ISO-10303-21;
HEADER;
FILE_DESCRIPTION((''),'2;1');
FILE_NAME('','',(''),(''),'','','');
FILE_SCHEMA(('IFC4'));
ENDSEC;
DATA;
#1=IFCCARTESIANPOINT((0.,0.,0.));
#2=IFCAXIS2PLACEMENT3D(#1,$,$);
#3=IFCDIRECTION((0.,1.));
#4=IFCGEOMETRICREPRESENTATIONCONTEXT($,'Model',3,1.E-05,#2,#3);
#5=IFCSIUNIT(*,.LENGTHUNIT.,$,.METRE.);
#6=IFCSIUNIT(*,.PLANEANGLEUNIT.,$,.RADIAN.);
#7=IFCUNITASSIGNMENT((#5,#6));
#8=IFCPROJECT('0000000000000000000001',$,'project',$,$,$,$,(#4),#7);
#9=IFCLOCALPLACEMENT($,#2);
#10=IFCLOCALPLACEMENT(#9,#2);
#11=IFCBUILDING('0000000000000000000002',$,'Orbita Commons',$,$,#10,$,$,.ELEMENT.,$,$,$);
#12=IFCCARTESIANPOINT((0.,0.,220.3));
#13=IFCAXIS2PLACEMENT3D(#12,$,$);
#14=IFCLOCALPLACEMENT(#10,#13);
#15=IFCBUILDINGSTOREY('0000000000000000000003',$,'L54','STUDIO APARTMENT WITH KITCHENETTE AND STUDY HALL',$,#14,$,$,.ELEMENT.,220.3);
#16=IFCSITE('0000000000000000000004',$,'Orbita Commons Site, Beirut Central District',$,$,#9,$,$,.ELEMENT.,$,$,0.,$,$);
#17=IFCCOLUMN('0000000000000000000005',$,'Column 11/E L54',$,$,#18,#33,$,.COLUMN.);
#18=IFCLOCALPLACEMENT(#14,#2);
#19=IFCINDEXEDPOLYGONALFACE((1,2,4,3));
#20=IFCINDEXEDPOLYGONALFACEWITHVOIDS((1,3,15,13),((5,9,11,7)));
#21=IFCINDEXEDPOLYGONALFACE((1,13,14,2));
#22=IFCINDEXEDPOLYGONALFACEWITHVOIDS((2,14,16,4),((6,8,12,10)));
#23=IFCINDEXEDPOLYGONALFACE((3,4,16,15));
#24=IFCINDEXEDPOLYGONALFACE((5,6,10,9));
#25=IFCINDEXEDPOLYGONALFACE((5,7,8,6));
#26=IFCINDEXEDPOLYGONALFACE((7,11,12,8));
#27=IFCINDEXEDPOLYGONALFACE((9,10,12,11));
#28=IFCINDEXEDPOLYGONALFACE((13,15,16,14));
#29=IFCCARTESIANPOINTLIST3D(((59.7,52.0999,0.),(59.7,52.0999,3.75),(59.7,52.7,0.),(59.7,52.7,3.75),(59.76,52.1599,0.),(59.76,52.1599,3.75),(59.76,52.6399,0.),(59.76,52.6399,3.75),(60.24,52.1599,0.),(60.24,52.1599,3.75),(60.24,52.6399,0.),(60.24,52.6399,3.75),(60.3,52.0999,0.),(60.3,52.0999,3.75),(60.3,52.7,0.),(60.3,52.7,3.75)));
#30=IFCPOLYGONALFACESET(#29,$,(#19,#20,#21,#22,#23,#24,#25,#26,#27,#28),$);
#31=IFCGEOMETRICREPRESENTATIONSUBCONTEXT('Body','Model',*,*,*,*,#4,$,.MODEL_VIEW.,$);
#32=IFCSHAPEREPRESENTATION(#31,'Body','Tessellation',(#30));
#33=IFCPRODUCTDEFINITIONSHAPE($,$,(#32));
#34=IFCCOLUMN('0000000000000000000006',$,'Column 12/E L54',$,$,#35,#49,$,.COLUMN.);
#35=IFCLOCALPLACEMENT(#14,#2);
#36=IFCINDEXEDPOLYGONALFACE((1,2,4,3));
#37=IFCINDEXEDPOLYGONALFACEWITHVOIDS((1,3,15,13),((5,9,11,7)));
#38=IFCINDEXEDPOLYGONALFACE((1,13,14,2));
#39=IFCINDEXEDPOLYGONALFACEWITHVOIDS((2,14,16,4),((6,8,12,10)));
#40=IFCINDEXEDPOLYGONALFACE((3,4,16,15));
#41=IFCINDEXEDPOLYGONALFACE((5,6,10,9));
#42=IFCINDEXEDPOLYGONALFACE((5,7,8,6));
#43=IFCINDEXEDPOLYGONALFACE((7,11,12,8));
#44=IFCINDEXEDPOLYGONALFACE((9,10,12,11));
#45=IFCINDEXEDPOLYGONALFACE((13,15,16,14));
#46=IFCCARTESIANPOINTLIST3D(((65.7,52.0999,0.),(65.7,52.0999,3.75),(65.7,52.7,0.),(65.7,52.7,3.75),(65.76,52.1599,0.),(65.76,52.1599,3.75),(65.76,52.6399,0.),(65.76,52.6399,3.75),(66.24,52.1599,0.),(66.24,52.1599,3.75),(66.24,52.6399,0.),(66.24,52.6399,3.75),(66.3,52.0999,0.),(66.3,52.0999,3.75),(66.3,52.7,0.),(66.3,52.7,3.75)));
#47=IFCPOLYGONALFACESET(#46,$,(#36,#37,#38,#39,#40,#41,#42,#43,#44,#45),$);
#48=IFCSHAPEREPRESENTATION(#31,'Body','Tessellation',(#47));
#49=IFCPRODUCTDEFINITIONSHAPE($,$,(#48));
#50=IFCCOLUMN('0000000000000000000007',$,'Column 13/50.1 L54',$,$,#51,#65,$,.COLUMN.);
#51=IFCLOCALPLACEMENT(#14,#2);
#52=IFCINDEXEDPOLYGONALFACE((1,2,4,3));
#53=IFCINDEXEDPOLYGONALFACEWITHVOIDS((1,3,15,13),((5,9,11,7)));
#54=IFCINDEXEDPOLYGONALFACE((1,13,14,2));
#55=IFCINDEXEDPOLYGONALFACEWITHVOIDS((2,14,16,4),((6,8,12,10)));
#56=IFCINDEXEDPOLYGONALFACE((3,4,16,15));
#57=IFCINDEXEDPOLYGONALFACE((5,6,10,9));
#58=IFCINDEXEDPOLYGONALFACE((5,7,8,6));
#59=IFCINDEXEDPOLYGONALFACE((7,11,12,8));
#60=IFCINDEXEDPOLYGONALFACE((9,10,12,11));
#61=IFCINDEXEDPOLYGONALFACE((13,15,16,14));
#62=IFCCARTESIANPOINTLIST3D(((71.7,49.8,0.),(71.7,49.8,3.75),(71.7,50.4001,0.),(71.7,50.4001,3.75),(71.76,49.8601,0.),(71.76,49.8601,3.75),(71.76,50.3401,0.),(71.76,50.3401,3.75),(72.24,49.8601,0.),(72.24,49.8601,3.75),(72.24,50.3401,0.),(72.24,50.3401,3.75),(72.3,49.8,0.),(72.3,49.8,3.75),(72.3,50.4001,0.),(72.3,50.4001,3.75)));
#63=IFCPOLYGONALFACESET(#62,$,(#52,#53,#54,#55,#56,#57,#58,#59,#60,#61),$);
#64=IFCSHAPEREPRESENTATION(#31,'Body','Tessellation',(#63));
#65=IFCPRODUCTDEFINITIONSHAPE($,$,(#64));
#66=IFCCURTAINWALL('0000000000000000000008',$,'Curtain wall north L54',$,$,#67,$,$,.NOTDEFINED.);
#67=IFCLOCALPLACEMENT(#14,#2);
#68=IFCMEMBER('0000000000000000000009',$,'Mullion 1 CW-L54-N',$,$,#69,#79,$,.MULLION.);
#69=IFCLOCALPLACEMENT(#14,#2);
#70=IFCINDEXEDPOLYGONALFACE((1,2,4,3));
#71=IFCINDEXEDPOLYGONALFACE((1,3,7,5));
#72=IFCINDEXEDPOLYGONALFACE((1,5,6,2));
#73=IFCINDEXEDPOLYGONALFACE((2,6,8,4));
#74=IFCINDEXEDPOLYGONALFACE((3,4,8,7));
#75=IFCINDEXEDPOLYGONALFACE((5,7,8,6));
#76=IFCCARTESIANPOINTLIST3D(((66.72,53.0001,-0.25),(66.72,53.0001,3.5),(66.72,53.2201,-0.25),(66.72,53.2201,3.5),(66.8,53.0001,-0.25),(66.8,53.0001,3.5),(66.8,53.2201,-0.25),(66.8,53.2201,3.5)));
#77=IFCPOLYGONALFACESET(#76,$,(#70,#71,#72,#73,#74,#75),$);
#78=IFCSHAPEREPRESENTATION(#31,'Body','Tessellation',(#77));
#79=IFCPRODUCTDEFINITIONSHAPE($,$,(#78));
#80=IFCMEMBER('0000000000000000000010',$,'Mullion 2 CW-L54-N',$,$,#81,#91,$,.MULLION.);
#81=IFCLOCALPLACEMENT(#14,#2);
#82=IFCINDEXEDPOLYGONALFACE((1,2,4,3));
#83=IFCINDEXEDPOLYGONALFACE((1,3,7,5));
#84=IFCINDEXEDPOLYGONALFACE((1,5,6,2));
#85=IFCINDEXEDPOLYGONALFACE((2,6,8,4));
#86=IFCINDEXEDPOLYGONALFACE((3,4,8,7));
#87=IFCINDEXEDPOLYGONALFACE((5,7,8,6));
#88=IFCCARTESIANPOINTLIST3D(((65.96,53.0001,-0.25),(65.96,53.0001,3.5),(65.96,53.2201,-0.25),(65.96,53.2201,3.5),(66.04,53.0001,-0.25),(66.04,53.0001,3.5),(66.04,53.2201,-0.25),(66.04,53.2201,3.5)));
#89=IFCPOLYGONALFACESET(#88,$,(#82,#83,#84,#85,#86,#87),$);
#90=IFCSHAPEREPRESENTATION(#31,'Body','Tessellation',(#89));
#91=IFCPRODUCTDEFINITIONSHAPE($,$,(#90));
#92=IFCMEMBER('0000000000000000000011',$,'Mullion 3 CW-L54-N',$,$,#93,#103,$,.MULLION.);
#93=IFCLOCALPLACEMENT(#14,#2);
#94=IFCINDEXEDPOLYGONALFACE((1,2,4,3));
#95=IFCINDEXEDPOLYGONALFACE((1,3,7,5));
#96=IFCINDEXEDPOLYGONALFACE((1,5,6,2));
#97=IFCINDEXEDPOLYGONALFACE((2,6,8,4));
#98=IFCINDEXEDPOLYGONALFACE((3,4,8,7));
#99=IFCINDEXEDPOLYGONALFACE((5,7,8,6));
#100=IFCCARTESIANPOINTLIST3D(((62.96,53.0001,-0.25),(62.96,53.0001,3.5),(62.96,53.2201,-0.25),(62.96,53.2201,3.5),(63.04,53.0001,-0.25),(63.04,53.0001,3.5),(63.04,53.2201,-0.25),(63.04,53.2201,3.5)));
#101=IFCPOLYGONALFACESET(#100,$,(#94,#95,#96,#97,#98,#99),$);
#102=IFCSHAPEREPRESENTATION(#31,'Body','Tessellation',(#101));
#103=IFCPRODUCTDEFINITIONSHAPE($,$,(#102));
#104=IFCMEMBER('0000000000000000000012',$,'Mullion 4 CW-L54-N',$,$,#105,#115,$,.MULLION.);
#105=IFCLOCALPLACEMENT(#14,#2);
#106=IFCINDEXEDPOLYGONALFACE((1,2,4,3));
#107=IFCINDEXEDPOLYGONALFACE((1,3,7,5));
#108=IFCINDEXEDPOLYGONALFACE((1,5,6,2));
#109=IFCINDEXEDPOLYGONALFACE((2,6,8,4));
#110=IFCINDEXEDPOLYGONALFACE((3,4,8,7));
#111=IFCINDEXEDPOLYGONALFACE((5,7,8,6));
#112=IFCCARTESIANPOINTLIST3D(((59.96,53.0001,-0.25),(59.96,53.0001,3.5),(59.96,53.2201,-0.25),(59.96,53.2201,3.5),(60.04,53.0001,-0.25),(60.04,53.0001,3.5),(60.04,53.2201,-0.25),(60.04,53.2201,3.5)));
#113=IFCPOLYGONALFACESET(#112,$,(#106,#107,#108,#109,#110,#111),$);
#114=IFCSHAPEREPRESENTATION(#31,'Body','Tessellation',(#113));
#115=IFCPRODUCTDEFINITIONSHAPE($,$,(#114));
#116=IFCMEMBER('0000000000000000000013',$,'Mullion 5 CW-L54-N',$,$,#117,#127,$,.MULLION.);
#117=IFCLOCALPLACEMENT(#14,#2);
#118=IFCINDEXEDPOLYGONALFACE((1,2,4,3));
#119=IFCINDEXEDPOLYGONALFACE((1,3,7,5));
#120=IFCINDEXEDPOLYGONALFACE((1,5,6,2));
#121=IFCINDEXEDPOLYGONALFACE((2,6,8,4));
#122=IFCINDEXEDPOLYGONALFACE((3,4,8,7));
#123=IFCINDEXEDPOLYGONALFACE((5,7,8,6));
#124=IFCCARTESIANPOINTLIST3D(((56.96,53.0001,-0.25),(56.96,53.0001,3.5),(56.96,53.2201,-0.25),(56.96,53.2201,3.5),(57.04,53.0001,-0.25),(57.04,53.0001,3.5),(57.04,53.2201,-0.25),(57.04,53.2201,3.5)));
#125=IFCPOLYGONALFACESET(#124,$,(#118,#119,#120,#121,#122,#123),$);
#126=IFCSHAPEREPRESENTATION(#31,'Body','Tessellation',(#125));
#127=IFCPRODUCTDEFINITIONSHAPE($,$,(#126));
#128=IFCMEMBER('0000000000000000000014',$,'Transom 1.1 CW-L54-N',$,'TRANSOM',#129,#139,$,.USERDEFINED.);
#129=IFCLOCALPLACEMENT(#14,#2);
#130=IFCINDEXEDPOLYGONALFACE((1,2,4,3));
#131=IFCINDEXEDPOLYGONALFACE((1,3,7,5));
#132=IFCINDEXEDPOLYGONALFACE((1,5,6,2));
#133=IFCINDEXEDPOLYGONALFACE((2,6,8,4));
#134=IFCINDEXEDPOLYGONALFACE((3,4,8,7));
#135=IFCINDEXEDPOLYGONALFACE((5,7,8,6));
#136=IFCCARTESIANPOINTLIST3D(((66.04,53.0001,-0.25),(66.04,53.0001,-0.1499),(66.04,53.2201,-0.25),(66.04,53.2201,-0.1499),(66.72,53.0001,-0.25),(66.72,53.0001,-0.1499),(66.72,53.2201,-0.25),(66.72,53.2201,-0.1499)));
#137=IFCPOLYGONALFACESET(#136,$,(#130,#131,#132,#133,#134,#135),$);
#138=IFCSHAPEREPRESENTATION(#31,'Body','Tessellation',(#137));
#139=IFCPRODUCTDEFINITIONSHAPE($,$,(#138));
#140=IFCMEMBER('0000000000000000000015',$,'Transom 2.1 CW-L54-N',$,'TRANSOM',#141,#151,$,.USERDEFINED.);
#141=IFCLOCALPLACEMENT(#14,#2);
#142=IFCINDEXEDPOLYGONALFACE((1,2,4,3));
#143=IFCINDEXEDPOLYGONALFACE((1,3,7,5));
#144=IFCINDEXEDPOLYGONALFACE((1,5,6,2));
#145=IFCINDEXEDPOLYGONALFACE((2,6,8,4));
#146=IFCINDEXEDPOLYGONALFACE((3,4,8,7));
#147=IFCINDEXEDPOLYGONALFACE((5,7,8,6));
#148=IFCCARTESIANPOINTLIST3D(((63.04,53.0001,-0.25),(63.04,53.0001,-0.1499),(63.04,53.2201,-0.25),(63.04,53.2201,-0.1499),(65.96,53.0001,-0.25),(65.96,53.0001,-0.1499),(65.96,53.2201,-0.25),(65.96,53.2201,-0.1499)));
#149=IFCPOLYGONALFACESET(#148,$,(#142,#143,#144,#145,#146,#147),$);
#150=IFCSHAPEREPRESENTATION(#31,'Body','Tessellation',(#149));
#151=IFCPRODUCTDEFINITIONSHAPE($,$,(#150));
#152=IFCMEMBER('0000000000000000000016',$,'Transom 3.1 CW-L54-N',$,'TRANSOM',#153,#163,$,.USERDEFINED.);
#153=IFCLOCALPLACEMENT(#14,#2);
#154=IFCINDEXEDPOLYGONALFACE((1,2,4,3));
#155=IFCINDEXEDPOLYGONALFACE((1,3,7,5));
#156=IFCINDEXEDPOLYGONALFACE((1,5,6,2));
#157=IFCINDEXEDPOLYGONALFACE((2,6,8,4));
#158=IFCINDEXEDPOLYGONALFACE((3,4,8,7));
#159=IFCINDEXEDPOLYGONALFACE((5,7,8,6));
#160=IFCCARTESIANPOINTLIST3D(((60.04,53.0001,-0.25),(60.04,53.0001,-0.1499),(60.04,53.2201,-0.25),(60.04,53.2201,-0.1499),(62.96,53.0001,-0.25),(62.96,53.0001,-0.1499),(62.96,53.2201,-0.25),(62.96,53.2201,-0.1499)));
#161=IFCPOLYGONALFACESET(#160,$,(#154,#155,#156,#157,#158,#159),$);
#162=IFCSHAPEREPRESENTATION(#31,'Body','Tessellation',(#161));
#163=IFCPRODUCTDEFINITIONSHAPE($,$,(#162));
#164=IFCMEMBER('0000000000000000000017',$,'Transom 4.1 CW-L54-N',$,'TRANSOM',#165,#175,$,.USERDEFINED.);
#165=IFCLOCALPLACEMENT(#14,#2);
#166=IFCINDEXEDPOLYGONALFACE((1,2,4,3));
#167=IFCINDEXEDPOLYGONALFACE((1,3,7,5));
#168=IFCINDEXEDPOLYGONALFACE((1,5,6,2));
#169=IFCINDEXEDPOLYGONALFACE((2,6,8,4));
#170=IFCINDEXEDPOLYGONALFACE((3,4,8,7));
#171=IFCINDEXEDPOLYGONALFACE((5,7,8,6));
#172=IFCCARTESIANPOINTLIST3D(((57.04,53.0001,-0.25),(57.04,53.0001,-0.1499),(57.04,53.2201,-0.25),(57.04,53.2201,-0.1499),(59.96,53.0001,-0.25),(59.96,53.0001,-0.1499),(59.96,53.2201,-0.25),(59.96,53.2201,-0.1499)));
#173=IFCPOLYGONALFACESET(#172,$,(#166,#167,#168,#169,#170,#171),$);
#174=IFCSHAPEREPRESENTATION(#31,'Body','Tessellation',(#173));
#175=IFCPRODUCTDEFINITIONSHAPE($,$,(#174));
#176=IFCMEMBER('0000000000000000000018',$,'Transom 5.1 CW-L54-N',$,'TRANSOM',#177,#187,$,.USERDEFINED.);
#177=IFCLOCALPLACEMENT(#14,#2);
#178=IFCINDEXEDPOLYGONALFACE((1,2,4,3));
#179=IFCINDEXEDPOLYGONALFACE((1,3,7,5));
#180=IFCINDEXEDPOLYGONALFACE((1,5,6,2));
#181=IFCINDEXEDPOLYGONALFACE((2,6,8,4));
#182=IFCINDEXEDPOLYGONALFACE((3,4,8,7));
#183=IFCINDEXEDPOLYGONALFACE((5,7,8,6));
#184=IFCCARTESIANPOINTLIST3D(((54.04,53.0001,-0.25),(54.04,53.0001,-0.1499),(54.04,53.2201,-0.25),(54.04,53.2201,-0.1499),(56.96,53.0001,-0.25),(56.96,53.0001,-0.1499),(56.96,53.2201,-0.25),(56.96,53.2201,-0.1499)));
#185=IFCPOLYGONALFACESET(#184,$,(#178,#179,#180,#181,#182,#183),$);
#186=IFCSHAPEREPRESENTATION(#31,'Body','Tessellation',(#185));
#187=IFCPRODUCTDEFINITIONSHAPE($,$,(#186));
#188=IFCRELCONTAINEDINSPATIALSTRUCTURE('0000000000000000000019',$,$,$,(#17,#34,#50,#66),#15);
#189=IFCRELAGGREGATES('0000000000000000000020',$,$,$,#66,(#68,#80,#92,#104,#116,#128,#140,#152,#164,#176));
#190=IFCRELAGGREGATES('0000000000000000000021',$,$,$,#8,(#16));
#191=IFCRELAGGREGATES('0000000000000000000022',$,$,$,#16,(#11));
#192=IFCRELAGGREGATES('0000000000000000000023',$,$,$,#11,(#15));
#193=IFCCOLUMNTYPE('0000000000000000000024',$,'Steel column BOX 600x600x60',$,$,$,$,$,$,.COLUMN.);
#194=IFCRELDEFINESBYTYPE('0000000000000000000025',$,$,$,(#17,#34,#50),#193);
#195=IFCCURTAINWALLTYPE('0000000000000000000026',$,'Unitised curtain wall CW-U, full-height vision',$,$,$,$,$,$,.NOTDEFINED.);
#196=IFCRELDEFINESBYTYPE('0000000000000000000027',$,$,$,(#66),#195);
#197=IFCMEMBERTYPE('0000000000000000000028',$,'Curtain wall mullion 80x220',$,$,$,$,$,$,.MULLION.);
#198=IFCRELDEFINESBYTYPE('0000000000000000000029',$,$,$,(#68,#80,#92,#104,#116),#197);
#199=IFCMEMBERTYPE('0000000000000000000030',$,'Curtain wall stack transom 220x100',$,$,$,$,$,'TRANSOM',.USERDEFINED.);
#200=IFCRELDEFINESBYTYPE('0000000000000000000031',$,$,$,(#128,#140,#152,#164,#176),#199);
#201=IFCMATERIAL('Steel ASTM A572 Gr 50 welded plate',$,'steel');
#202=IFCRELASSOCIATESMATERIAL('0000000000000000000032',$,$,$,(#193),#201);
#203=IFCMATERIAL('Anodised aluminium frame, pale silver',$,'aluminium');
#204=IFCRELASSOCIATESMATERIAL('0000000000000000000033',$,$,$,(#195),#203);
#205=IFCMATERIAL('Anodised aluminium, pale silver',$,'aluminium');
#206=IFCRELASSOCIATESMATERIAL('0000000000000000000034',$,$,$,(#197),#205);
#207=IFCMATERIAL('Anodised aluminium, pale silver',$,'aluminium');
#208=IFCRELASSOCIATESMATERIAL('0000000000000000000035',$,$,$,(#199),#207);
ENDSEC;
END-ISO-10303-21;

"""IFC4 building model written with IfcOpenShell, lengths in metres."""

from ifc_helpers import new_model, si_unit, direction, frame, origin, origin_2d, place, context, subcontext, project, spatial, rectangle, hollow_rectangle, extrude, material, material_profile, profile_set, type_object, element, aggregate, save


model = new_model("IFC4")

# Units and contexts
model_context = context("Model", 3, precision=1e-05, world=origin(), true_north=direction((0.0, 1.0)))
body_context = subcontext(model_context, "Body", "Model", "MODEL_VIEW")
ifc_project = project(units=[si_unit("LENGTHUNIT", "METRE"), si_unit("PLANEANGLEUNIT", "RADIAN")], contexts=[model_context])

# Site, building, storey
site_placement = place(None, origin())
site = spatial("IfcSite", under=ifc_project, at=site_placement, Name="Orbita Commons Site, Beirut Central District", CompositionType="ELEMENT", RefElevation=0.0)
building_placement = place(site_placement, origin())
building = spatial("IfcBuilding", under=site, at=building_placement, Name="Orbita Commons", CompositionType="ELEMENT")
storey_placement = place(building_placement, frame((0.0, 0.0, 220.3)))
storey = spatial("IfcBuildingStorey", under=building, at=storey_placement, Name="L54", Description="STUDIO APARTMENT WITH KITCHENETTE AND STUDY HALL", CompositionType="ELEMENT", Elevation=220.3)

# Columns
ifc_material_1 = material(Name="Steel ASTM A572 Gr 50 welded plate", Category="steel")
ifc_material_profile_1 = material_profile(ifc_material_1, hollow_rectangle(XDim=0.6001, YDim=0.6001, WallThickness=0.0601, at=origin_2d()), Name="BOX 600x600x60")
ifc_profile_set_1 = profile_set([ifc_material_profile_1], Name="Steel ASTM A572 Gr 50 welded plate")
column_type = type_object("IfcColumnType", Name="Steel column BOX 600x600x60", PredefinedType="COLUMN", material=ifc_profile_set_1)
for number, where, z_axis, x_axis, name in (
    (1, (60.0, 52.3999, 0.0), (0.0, 0.0, 1.0), (1.0, 0.0, 0.0), "Column 11/E L54"),
    (2, (66.0, 52.3999, 0.0), (0.0, 0.0, 1.0), (1.0, 0.0, 0.0), "Column 12/E L54"),
    (3, (72.0, 50.1001, 0.0), (0.0, 0.0, 1.0), (1.0, 0.0, 0.0), "Column 13/50.1 L54"),
):
    element("IfcColumn", number, at=place(storey_placement, frame(where, z_axis=z_axis, x_axis=x_axis)), inside=storey, type_object=column_type, Name=name, PredefinedType="COLUMN", context=body_context, shape_type="SweptSolid", body=[
        extrude(hollow_rectangle(XDim=0.6001, YDim=0.6001, WallThickness=0.0601, at=origin_2d()), origin(), (0.0, 0.0, 1.0), 3.75),
    ])

# Curtain wall, members
ifc_material_2 = material(Name="Anodised aluminium frame, pale silver", Category="aluminium")
curtain_wall_type = type_object("IfcCurtainWallType", Name="Unitised curtain wall CW-U, full-height vision", PredefinedType="NOTDEFINED", material=ifc_material_2)
curtain_wall_placement = place(storey_placement, origin())
curtain_wall = element("IfcCurtainWall", 4, at=curtain_wall_placement, inside=storey, type_object=curtain_wall_type, Name="Curtain wall north L54", PredefinedType="NOTDEFINED")
ifc_material_3 = material(Name="Anodised aluminium, pale silver", Category="aluminium")
ifc_material_profile_2 = material_profile(ifc_material_3, rectangle(XDim=0.0801, YDim=0.22, at=origin_2d()), Name="AL 80x220")
ifc_profile_set_2 = profile_set([ifc_material_profile_2], Name="Anodised aluminium, pale silver")
member_type_1 = type_object("IfcMemberType", Name="Curtain wall mullion 80x220", PredefinedType="MULLION", material=ifc_profile_set_2)
member_1_placement = place(storey_placement, frame((66.76, 53.1101, -0.25), z_axis=(0.0, 0.0, 1.0), x_axis=(-1.0, 0.0, 0.0)))
member_1 = element("IfcMember", 5, at=member_1_placement, type_object=member_type_1, Name="Mullion 1 CW-L54-N", PredefinedType="MULLION", context=body_context, shape_type="SweptSolid", body=[
    extrude(rectangle(XDim=0.0801, YDim=0.22, at=origin_2d()), origin(), (0.0, 0.0, 1.0), 3.75),
])
member_2_placement = place(storey_placement, frame((66.0, 53.1101, -0.25), z_axis=(0.0, 0.0, 1.0), x_axis=(-1.0, 0.0, 0.0)))
member_2 = element("IfcMember", 6, at=member_2_placement, type_object=member_type_1, Name="Mullion 2 CW-L54-N", PredefinedType="MULLION", context=body_context, shape_type="SweptSolid", body=[
    extrude(rectangle(XDim=0.0801, YDim=0.22, at=origin_2d()), origin(), (0.0, 0.0, 1.0), 3.75),
])
member_3_placement = place(storey_placement, frame((63.0, 53.1101, -0.25), z_axis=(0.0, 0.0, 1.0), x_axis=(-1.0, 0.0, 0.0)))
member_3 = element("IfcMember", 7, at=member_3_placement, type_object=member_type_1, Name="Mullion 3 CW-L54-N", PredefinedType="MULLION", context=body_context, shape_type="SweptSolid", body=[
    extrude(rectangle(XDim=0.0801, YDim=0.22, at=origin_2d()), origin(), (0.0, 0.0, 1.0), 3.75),
])
member_4_placement = place(storey_placement, frame((60.0, 53.1101, -0.25), z_axis=(0.0, 0.0, 1.0), x_axis=(-1.0, 0.0, 0.0)))
member_4 = element("IfcMember", 8, at=member_4_placement, type_object=member_type_1, Name="Mullion 4 CW-L54-N", PredefinedType="MULLION", context=body_context, shape_type="SweptSolid", body=[
    extrude(rectangle(XDim=0.0801, YDim=0.22, at=origin_2d()), origin(), (0.0, 0.0, 1.0), 3.75),
])
member_5_placement = place(storey_placement, frame((57.0, 53.1101, -0.25), z_axis=(0.0, 0.0, 1.0), x_axis=(-1.0, 0.0, 0.0)))
member_5 = element("IfcMember", 9, at=member_5_placement, type_object=member_type_1, Name="Mullion 5 CW-L54-N", PredefinedType="MULLION", context=body_context, shape_type="SweptSolid", body=[
    extrude(rectangle(XDim=0.0801, YDim=0.22, at=origin_2d()), origin(), (0.0, 0.0, 1.0), 3.75),
])
ifc_material_4 = material(Name="Anodised aluminium, pale silver", Category="aluminium")
ifc_material_profile_3 = material_profile(ifc_material_4, rectangle(XDim=0.22, YDim=0.1001, at=origin_2d()), Name="AL 220x100")
ifc_profile_set_3 = profile_set([ifc_material_profile_3], Name="Anodised aluminium, pale silver")
member_type_2 = type_object("IfcMemberType", Name="Curtain wall stack transom 220x100", ElementType="TRANSOM", PredefinedType="USERDEFINED", material=ifc_profile_set_3)
member_6_placement = place(storey_placement, frame((66.72, 53.1101, -0.2), z_axis=(-1.0, 0.0, 0.0), x_axis=(0.0, -1.0, 0.0)))
member_6 = element("IfcMember", 10, at=member_6_placement, type_object=member_type_2, Name="Transom 1.1 CW-L54-N", ObjectType="TRANSOM", PredefinedType="USERDEFINED", context=body_context, shape_type="SweptSolid", body=[
    extrude(rectangle(XDim=0.22, YDim=0.1001, at=origin_2d()), origin(), (0.0, 0.0, 1.0), 0.6799),
])
member_7_placement = place(storey_placement, frame((65.96, 53.1101, -0.2), z_axis=(-1.0, 0.0, 0.0), x_axis=(0.0, -1.0, 0.0)))
member_7 = element("IfcMember", 11, at=member_7_placement, type_object=member_type_2, Name="Transom 2.1 CW-L54-N", ObjectType="TRANSOM", PredefinedType="USERDEFINED", context=body_context, shape_type="SweptSolid", body=[
    extrude(rectangle(XDim=0.22, YDim=0.1001, at=origin_2d()), origin(), (0.0, 0.0, 1.0), 2.9199),
])
member_8_placement = place(storey_placement, frame((62.96, 53.1101, -0.2), z_axis=(-1.0, 0.0, 0.0), x_axis=(0.0, -1.0, 0.0)))
member_8 = element("IfcMember", 12, at=member_8_placement, type_object=member_type_2, Name="Transom 3.1 CW-L54-N", ObjectType="TRANSOM", PredefinedType="USERDEFINED", context=body_context, shape_type="SweptSolid", body=[
    extrude(rectangle(XDim=0.22, YDim=0.1001, at=origin_2d()), origin(), (0.0, 0.0, 1.0), 2.9199),
])
member_9_placement = place(storey_placement, frame((59.96, 53.1101, -0.2), z_axis=(-1.0, 0.0, 0.0), x_axis=(0.0, -1.0, 0.0)))
member_9 = element("IfcMember", 13, at=member_9_placement, type_object=member_type_2, Name="Transom 4.1 CW-L54-N", ObjectType="TRANSOM", PredefinedType="USERDEFINED", context=body_context, shape_type="SweptSolid", body=[
    extrude(rectangle(XDim=0.22, YDim=0.1001, at=origin_2d()), origin(), (0.0, 0.0, 1.0), 2.9199),
])
member_10_placement = place(storey_placement, frame((56.96, 53.1101, -0.2), z_axis=(-1.0, 0.0, 0.0), x_axis=(0.0, -1.0, 0.0)))
member_10 = element("IfcMember", 14, at=member_10_placement, type_object=member_type_2, Name="Transom 5.1 CW-L54-N", ObjectType="TRANSOM", PredefinedType="USERDEFINED", context=body_context, shape_type="SweptSolid", body=[
    extrude(rectangle(XDim=0.22, YDim=0.1001, at=origin_2d()), origin(), (0.0, 0.0, 1.0), 2.9199),
])

aggregate(curtain_wall, [member_1, member_2, member_3, member_4, member_5, member_6, member_7, member_8, member_9, member_10])

save(model, "model.ifc")
